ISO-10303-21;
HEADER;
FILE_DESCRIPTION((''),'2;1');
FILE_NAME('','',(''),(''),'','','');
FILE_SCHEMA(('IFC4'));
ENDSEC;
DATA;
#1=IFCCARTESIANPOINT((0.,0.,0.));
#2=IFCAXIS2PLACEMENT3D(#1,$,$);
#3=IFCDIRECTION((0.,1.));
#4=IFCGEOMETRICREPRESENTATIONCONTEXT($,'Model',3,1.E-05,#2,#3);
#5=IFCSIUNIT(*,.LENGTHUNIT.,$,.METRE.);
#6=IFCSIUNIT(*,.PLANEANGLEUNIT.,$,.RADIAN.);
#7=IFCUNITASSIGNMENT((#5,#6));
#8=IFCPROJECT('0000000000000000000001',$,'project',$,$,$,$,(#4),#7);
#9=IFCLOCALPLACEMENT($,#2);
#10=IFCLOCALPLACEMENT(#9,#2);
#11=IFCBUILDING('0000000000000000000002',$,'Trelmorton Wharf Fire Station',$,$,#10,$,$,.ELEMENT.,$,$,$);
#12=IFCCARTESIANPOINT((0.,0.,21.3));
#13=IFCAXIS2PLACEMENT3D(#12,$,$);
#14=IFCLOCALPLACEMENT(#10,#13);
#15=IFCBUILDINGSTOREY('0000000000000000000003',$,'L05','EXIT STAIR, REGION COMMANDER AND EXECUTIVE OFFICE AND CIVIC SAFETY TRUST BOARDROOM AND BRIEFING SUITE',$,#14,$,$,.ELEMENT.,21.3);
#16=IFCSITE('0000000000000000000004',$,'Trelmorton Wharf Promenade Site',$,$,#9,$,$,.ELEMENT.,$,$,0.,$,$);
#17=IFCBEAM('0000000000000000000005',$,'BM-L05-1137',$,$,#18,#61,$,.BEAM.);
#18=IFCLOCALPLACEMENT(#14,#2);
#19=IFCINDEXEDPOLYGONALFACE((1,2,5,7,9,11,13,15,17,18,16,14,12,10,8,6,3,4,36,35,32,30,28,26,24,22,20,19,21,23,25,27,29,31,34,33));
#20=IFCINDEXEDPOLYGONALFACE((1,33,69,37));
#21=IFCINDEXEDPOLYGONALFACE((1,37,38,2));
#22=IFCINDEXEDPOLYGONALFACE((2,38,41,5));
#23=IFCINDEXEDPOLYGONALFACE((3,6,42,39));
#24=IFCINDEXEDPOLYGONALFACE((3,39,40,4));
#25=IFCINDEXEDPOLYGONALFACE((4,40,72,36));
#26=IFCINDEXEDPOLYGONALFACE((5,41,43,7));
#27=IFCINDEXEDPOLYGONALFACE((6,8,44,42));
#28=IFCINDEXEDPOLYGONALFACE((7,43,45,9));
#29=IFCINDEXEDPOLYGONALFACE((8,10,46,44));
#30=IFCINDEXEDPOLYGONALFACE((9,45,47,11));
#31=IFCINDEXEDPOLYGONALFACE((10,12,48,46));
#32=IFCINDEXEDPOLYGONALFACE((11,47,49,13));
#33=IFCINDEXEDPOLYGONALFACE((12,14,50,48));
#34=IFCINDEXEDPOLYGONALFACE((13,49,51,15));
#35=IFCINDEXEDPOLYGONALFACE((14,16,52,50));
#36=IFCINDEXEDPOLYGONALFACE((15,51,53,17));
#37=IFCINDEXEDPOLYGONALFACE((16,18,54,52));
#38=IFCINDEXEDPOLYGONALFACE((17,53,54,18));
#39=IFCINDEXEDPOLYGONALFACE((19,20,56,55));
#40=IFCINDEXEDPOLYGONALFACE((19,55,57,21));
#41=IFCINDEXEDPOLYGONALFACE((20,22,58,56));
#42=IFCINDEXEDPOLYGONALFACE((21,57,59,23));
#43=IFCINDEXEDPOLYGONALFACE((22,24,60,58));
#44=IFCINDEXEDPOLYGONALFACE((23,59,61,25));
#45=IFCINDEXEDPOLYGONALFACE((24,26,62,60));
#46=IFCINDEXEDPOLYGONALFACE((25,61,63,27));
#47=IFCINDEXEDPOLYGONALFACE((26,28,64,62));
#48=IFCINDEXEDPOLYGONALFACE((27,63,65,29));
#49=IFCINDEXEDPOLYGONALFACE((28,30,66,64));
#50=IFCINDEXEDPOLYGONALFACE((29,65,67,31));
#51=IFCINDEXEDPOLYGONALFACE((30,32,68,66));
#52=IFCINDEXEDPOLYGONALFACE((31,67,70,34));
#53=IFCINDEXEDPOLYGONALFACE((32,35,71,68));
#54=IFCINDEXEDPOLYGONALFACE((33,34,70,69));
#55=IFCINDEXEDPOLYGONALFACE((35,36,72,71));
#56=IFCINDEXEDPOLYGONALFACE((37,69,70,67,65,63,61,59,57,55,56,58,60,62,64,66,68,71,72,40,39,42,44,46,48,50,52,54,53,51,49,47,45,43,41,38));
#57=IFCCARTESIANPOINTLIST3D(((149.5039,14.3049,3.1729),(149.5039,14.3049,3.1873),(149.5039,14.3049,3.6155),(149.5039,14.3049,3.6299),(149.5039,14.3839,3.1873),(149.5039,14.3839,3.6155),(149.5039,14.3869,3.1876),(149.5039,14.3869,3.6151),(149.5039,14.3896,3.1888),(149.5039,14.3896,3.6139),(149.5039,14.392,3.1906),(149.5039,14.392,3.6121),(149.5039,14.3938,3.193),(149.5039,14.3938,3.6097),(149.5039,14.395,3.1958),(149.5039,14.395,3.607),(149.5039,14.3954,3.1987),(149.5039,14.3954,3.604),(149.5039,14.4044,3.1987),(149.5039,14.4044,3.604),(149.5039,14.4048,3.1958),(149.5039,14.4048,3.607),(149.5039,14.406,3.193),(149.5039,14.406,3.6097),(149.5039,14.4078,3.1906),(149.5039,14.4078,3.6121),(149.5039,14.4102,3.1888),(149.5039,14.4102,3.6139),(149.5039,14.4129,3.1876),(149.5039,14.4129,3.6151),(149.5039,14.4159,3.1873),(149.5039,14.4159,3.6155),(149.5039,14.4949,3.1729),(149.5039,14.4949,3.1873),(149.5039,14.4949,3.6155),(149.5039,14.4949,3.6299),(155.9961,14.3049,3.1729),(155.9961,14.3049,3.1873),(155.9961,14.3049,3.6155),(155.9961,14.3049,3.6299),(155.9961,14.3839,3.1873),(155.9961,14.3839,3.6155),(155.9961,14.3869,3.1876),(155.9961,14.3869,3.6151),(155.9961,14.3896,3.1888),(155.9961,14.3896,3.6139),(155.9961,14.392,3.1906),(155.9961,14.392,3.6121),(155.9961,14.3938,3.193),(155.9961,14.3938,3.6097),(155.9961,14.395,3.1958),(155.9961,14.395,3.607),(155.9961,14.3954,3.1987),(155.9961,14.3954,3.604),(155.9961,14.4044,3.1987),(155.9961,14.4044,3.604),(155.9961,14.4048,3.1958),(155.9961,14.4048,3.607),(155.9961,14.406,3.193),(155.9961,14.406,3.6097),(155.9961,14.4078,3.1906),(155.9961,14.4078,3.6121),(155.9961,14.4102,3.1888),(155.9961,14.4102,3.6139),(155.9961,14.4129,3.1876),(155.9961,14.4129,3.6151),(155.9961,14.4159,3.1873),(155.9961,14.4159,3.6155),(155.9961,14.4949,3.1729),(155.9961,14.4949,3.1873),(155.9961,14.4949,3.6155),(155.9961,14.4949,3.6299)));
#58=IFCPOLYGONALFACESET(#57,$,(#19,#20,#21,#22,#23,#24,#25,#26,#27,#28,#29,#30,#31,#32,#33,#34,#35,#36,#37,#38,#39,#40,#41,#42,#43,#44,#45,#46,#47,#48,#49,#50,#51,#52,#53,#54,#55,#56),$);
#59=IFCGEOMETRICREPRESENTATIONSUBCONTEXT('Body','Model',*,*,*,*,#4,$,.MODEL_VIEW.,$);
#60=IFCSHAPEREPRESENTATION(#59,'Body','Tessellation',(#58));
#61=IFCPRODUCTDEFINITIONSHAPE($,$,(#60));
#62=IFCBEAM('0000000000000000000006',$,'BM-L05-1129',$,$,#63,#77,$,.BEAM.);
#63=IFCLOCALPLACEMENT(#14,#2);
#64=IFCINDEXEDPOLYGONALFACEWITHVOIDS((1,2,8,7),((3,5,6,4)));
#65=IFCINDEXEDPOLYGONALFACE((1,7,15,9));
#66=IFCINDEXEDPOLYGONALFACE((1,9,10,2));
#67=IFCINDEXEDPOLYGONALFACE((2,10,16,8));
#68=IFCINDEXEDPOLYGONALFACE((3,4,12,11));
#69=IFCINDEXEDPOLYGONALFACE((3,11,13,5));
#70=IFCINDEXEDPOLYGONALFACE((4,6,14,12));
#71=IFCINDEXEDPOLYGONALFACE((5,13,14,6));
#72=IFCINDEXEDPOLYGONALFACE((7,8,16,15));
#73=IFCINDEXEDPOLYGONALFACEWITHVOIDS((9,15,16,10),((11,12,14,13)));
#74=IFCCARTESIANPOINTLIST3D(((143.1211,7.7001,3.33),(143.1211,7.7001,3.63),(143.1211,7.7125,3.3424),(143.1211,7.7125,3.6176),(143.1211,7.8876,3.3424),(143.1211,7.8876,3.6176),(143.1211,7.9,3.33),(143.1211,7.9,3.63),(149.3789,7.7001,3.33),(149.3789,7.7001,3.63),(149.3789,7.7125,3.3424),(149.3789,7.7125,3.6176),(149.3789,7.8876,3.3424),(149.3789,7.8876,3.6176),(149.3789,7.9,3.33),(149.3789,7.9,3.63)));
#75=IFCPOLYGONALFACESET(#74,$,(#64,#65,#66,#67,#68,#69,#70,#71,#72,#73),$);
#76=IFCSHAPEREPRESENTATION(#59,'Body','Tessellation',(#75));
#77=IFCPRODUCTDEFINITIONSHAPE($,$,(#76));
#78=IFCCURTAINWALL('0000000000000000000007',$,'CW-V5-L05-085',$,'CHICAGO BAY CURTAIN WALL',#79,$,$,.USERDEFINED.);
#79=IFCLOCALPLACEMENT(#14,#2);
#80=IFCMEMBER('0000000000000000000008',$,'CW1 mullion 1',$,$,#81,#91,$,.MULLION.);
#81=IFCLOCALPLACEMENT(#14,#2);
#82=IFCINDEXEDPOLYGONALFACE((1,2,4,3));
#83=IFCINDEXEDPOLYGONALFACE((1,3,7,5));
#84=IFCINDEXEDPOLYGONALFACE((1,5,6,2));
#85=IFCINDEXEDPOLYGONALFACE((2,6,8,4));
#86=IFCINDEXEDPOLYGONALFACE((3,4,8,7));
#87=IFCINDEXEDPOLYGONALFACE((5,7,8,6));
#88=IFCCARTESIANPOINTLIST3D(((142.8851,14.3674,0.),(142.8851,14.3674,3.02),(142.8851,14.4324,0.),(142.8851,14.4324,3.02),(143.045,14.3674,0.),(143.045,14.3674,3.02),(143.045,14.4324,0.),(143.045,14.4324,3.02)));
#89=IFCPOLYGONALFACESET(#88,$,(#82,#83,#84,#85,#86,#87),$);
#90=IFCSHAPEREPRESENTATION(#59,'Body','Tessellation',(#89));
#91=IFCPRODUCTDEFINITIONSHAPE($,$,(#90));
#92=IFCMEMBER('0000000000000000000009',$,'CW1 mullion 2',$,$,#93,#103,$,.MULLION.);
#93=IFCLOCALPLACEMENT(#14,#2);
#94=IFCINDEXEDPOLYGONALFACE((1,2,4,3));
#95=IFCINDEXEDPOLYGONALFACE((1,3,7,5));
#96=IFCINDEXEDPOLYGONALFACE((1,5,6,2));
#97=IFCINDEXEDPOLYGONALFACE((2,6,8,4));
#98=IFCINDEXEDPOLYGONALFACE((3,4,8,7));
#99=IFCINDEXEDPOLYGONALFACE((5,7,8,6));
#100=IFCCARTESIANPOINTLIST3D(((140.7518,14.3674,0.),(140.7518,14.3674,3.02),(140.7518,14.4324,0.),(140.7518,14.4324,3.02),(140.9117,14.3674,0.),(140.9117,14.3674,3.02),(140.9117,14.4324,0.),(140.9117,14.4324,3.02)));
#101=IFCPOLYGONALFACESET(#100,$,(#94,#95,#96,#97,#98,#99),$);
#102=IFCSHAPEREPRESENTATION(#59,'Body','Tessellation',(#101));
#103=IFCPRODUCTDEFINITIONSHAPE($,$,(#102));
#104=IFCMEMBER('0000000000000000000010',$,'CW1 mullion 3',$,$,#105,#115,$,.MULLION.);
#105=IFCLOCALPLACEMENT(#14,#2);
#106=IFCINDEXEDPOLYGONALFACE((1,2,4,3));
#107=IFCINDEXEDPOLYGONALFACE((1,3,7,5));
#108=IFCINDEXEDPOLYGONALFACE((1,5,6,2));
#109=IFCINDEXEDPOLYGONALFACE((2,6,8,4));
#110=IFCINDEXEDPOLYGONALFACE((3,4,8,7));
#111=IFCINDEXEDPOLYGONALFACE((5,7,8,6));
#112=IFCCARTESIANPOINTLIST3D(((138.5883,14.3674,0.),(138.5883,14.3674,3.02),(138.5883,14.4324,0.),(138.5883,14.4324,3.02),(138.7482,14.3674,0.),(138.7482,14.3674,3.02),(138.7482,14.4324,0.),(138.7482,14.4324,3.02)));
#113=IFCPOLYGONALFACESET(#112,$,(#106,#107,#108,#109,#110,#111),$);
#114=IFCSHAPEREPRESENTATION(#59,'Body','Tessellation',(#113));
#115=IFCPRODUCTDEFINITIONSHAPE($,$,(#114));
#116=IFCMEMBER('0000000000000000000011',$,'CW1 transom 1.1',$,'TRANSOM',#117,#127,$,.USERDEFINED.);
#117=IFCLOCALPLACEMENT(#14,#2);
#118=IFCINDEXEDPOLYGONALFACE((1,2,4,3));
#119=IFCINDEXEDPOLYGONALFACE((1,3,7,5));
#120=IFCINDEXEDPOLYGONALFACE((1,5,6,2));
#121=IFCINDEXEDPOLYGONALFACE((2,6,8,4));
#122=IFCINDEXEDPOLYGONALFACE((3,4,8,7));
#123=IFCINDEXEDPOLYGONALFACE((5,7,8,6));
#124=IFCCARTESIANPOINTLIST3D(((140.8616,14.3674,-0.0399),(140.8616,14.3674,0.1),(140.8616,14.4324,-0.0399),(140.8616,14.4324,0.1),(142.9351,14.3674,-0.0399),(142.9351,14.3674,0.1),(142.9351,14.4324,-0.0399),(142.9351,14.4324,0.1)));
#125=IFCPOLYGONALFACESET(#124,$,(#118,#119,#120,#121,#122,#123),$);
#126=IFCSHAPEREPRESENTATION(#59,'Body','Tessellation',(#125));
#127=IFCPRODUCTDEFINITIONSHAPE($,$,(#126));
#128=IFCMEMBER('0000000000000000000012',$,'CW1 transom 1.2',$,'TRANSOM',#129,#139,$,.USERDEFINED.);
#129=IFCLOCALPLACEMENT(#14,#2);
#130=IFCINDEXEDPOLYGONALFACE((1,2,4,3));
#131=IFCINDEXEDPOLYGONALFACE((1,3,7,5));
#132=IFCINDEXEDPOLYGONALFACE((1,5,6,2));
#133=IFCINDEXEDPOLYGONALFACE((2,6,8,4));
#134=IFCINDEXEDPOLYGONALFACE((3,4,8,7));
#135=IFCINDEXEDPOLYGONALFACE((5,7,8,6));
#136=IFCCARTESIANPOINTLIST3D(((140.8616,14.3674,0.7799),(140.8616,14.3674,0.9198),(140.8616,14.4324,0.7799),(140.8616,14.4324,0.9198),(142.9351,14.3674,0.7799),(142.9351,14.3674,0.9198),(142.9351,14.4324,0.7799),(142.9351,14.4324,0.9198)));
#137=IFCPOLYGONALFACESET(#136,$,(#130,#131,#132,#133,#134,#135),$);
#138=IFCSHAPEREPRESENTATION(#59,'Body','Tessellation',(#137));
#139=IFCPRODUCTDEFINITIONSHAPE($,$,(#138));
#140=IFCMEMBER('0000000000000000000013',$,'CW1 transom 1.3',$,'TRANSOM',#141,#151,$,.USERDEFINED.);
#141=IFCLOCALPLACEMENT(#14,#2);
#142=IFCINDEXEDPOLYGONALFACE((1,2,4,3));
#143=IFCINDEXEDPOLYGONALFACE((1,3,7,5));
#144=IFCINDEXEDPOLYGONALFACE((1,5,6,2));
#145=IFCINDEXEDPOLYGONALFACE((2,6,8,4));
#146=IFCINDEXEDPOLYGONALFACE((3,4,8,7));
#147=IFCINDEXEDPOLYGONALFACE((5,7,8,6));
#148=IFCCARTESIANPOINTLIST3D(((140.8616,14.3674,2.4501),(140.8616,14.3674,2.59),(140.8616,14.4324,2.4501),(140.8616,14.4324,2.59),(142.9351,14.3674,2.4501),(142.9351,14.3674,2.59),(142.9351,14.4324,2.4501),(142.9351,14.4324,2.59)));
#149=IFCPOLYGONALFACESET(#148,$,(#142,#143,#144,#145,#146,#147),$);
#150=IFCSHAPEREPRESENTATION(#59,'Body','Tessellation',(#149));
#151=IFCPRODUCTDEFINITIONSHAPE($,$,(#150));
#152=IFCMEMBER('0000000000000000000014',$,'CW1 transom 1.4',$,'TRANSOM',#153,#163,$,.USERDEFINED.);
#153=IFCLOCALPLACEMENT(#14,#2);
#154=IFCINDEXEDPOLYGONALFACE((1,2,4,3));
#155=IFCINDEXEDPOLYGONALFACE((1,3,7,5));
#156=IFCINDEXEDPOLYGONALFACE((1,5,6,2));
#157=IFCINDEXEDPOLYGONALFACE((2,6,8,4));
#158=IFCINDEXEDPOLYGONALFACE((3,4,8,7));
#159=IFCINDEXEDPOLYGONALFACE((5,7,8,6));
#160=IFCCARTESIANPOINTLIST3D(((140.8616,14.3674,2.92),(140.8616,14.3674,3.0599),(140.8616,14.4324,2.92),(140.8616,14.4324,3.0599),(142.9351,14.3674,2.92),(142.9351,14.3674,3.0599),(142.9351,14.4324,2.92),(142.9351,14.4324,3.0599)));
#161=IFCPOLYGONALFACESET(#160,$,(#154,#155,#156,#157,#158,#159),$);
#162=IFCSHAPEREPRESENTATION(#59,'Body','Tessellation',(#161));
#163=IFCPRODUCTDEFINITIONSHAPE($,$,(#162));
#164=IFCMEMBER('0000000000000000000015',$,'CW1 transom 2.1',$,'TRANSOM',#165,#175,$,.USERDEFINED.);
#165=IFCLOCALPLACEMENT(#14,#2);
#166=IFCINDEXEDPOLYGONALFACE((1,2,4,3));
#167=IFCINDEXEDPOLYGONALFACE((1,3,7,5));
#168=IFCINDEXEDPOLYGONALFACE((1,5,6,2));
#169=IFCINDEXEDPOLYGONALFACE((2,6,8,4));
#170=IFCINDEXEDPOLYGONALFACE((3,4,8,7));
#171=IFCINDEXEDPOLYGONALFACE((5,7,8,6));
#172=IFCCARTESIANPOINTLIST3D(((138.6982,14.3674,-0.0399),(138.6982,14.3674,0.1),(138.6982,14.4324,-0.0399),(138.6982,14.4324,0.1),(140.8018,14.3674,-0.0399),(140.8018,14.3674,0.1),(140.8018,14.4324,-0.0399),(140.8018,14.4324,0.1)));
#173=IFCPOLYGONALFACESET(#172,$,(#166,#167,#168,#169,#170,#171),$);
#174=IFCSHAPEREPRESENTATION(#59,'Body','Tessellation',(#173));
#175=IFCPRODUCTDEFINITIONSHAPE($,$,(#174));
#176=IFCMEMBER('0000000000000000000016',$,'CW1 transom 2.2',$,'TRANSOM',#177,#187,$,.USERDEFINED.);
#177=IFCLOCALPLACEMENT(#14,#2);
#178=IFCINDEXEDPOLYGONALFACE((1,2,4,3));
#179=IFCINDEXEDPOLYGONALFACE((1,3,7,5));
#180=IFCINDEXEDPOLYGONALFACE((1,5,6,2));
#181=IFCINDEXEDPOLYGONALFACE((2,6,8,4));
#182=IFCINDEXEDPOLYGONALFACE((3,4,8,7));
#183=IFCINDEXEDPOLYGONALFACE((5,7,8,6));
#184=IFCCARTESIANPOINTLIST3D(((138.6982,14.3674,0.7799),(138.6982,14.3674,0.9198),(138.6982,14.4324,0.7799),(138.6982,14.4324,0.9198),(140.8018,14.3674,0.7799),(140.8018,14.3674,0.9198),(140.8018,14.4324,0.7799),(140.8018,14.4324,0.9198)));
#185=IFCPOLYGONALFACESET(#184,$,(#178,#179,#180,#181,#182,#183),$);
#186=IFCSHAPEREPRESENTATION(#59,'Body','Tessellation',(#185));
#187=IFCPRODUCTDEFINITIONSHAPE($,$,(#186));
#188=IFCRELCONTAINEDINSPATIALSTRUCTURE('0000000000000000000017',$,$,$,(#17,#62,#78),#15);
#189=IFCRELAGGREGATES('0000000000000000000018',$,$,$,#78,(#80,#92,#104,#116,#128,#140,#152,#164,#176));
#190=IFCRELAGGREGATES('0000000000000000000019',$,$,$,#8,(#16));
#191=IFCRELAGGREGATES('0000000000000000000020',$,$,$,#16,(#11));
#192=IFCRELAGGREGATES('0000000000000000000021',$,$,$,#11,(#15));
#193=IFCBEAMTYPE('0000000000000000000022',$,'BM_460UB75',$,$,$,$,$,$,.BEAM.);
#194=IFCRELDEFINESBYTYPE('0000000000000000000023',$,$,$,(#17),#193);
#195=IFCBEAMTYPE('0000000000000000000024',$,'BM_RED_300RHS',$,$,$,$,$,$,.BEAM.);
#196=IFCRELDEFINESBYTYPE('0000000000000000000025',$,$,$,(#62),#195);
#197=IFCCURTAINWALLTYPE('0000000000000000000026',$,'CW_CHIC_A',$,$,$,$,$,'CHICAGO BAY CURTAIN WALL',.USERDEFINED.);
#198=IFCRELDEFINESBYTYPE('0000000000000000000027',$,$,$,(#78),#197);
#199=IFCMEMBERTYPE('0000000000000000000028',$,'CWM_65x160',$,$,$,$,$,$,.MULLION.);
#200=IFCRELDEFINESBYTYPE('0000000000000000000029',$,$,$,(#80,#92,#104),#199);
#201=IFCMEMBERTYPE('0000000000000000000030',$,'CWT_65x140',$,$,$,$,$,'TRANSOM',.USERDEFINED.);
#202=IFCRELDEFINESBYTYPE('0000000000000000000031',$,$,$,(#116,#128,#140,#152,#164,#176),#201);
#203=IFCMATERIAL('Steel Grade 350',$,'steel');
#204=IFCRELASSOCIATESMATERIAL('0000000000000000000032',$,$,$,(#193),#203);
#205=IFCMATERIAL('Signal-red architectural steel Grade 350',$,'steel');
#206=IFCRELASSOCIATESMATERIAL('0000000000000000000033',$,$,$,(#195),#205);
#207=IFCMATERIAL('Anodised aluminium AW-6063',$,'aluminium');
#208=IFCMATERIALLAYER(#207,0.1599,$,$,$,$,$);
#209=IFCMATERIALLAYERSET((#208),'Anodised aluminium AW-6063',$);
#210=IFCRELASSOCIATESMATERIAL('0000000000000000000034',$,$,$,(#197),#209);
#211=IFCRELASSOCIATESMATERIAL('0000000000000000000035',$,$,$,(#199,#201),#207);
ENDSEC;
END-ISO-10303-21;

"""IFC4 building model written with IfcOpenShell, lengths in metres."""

from ifc_helpers import new_model, si_unit, direction, frame, origin, origin_2d, place, context, subcontext, project, spatial, rectangle, hollow_rectangle, i_section, extrude, material, layer, layer_set, material_profile, profile_set, type_object, element, aggregate, save


model = new_model("IFC4")

# Units and contexts
model_context = context("Model", 3, precision=1e-05, world=origin(), true_north=direction((0.0, 1.0)))
body_context = subcontext(model_context, "Body", "Model", "MODEL_VIEW")
ifc_project = project(units=[si_unit("LENGTHUNIT", "METRE"), si_unit("PLANEANGLEUNIT", "RADIAN")], contexts=[model_context])

# Site, building, storey
site_placement = place(None, origin())
site = spatial("IfcSite", under=ifc_project, at=site_placement, Name="Trelmorton Wharf Promenade Site", CompositionType="ELEMENT", RefElevation=0.0)
building_placement = place(site_placement, origin())
building = spatial("IfcBuilding", under=site, at=building_placement, Name="Trelmorton Wharf Fire Station", CompositionType="ELEMENT")
storey_placement = place(building_placement, frame((0.0, 0.0, 21.3)))
storey = spatial("IfcBuildingStorey", under=building, at=storey_placement, Name="L05", Description="EXIT STAIR, REGION COMMANDER AND EXECUTIVE OFFICE AND CIVIC SAFETY TRUST BOARDROOM AND BRIEFING SUITE", CompositionType="ELEMENT", Elevation=21.3)

# Shared definitions
ifc_material_1 = material(Name="Steel Grade 350", Category="steel")
ifc_material_2 = material(Name="Signal-red architectural steel Grade 350", Category="steel")

# Beams
ifc_material_profile_1 = material_profile(ifc_material_1, i_section(OverallWidth=0.1899, OverallDepth=0.457, WebThickness=0.009, FlangeThickness=0.0144, FilletRadius=0.0115, at=origin_2d()), Name="460UB74.6")
ifc_profile_set_1 = profile_set([ifc_material_profile_1], Name="Steel Grade 350")
beam_type_1 = type_object("IfcBeamType", Name="BM_460UB75", PredefinedType="BEAM", material=ifc_profile_set_1)
for number, where, z_axis, x_axis, name in (
    (1, (149.5039, 14.3999, 3.4014), (1.0, 0.0, 0.0), (0.0, 1.0, 0.0), "BM-L05-1137"),
):
    element("IfcBeam", number, at=place(storey_placement, frame(where, z_axis=z_axis, x_axis=x_axis)), inside=storey, type_object=beam_type_1, Name=name, PredefinedType="BEAM", context=body_context, shape_type="SweptSolid", body=[
        extrude(i_section(OverallWidth=0.1899, OverallDepth=0.457, WebThickness=0.009, FlangeThickness=0.0144, FilletRadius=0.0115, at=origin_2d()), origin(), (0.0, 0.0, 1.0), 6.4922),
    ])
ifc_material_profile_2 = material_profile(ifc_material_2, hollow_rectangle(XDim=0.2, YDim=0.3, WallThickness=0.0125, at=origin_2d()), Name="300x200x12.5RHS")
ifc_profile_set_2 = profile_set([ifc_material_profile_2], Name="Signal-red architectural steel Grade 350")
beam_type_2 = type_object("IfcBeamType", Name="BM_RED_300RHS", PredefinedType="BEAM", material=ifc_profile_set_2)
beam_1_placement = place(storey_placement, frame((143.1211, 7.8, 3.48), z_axis=(1.0, 0.0, 0.0), x_axis=(0.0, 1.0, 0.0)))
element("IfcBeam", 2, at=beam_1_placement, inside=storey, type_object=beam_type_2, Name="BM-L05-1129", PredefinedType="BEAM", context=body_context, shape_type="SweptSolid", body=[
    extrude(hollow_rectangle(XDim=0.2, YDim=0.3, WallThickness=0.0125, at=origin_2d()), origin(), (0.0, 0.0, 1.0), 6.2578),
])

# Curtain wall, members
ifc_material_3 = material(Name="Anodised aluminium AW-6063", Category="aluminium")
ifc_layer_1 = layer(ifc_material_3, 0.1599)
ifc_layer_set_1 = layer_set([ifc_layer_1], Name="Anodised aluminium AW-6063")
curtain_wall_type = type_object("IfcCurtainWallType", Name="CW_CHIC_A", ElementType="CHICAGO BAY CURTAIN WALL", PredefinedType="USERDEFINED", material=ifc_layer_set_1)
curtain_wall_placement = place(storey_placement, origin())
curtain_wall = element("IfcCurtainWall", 3, at=curtain_wall_placement, inside=storey, type_object=curtain_wall_type, Name="CW-V5-L05-085", ObjectType="CHICAGO BAY CURTAIN WALL", PredefinedType="USERDEFINED")
ifc_material_profile_3 = material_profile(ifc_material_3, rectangle(XDim=0.0649, YDim=0.1599, at=origin_2d()), Name="ALU-65x160")
ifc_profile_set_3 = profile_set([ifc_material_profile_3], Name="Anodised aluminium AW-6063")
member_type_1 = type_object("IfcMemberType", Name="CWM_65x160", PredefinedType="MULLION", material=ifc_profile_set_3)
member_1_placement = place(storey_placement, frame((142.9651, 14.3999, 0.0), z_axis=(0.0, 0.0, 1.0), x_axis=(0.0, -1.0, 0.0)))
member_1 = element("IfcMember", 4, at=member_1_placement, type_object=member_type_1, Name="CW1 mullion 1", PredefinedType="MULLION", context=body_context, shape_type="SweptSolid", body=[
    extrude(rectangle(XDim=0.0649, YDim=0.1599, at=origin_2d()), origin(), (0.0, 0.0, 1.0), 3.02),
])
member_2_placement = place(storey_placement, frame((140.8318, 14.3999, 0.0), z_axis=(0.0, 0.0, 1.0), x_axis=(0.0, -1.0, 0.0)))
member_2 = element("IfcMember", 5, at=member_2_placement, type_object=member_type_1, Name="CW1 mullion 2", PredefinedType="MULLION", context=body_context, shape_type="SweptSolid", body=[
    extrude(rectangle(XDim=0.0649, YDim=0.1599, at=origin_2d()), origin(), (0.0, 0.0, 1.0), 3.02),
])
member_3_placement = place(storey_placement, frame((138.6682, 14.3999, 0.0), z_axis=(0.0, 0.0, 1.0), x_axis=(0.0, -1.0, 0.0)))
member_3 = element("IfcMember", 6, at=member_3_placement, type_object=member_type_1, Name="CW1 mullion 3", PredefinedType="MULLION", context=body_context, shape_type="SweptSolid", body=[
    extrude(rectangle(XDim=0.0649, YDim=0.1599, at=origin_2d()), origin(), (0.0, 0.0, 1.0), 3.02),
])
ifc_material_profile_4 = material_profile(ifc_material_3, rectangle(XDim=0.0649, YDim=0.1399, at=origin_2d()), Name="ALU-65x140")
ifc_profile_set_4 = profile_set([ifc_material_profile_4], Name="Anodised aluminium AW-6063")
member_type_2 = type_object("IfcMemberType", Name="CWT_65x140", ElementType="TRANSOM", PredefinedType="USERDEFINED", material=ifc_profile_set_4)
member_4_placement = place(storey_placement, frame((142.9351, 14.3999, 0.03), z_axis=(-1.0, 0.0, 0.0), x_axis=(0.0, -1.0, 0.0)))
member_4 = element("IfcMember", 7, at=member_4_placement, type_object=member_type_2, Name="CW1 transom 1.1", ObjectType="TRANSOM", PredefinedType="USERDEFINED", context=body_context, shape_type="SweptSolid", body=[
    extrude(rectangle(XDim=0.0649, YDim=0.1399, at=origin_2d()), origin(), (0.0, 0.0, 1.0), 2.0735),
])
member_5_placement = place(storey_placement, frame((142.9351, 14.3999, 0.8499), z_axis=(-1.0, 0.0, 0.0), x_axis=(0.0, -1.0, 0.0)))
member_5 = element("IfcMember", 8, at=member_5_placement, type_object=member_type_2, Name="CW1 transom 1.2", ObjectType="TRANSOM", PredefinedType="USERDEFINED", context=body_context, shape_type="SweptSolid", body=[
    extrude(rectangle(XDim=0.0649, YDim=0.1399, at=origin_2d()), origin(), (0.0, 0.0, 1.0), 2.0735),
])
member_6_placement = place(storey_placement, frame((142.9351, 14.3999, 2.52), z_axis=(-1.0, 0.0, 0.0), x_axis=(0.0, -1.0, 0.0)))
member_6 = element("IfcMember", 9, at=member_6_placement, type_object=member_type_2, Name="CW1 transom 1.3", ObjectType="TRANSOM", PredefinedType="USERDEFINED", context=body_context, shape_type="SweptSolid", body=[
    extrude(rectangle(XDim=0.0649, YDim=0.1399, at=origin_2d()), origin(), (0.0, 0.0, 1.0), 2.0735),
])
member_7_placement = place(storey_placement, frame((142.9351, 14.3999, 2.99), z_axis=(-1.0, 0.0, 0.0), x_axis=(0.0, -1.0, 0.0)))
member_7 = element("IfcMember", 10, at=member_7_placement, type_object=member_type_2, Name="CW1 transom 1.4", ObjectType="TRANSOM", PredefinedType="USERDEFINED", context=body_context, shape_type="SweptSolid", body=[
    extrude(rectangle(XDim=0.0649, YDim=0.1399, at=origin_2d()), origin(), (0.0, 0.0, 1.0), 2.0735),
])
member_8_placement = place(storey_placement, frame((140.8018, 14.3999, 0.03), z_axis=(-1.0, 0.0, 0.0), x_axis=(0.0, -1.0, 0.0)))
member_8 = element("IfcMember", 11, at=member_8_placement, type_object=member_type_2, Name="CW1 transom 2.1", ObjectType="TRANSOM", PredefinedType="USERDEFINED", context=body_context, shape_type="SweptSolid", body=[
    extrude(rectangle(XDim=0.0649, YDim=0.1399, at=origin_2d()), origin(), (0.0, 0.0, 1.0), 2.1035),
])
member_9_placement = place(storey_placement, frame((140.8018, 14.3999, 0.8499), z_axis=(-1.0, 0.0, 0.0), x_axis=(0.0, -1.0, 0.0)))
member_9 = element("IfcMember", 12, at=member_9_placement, type_object=member_type_2, Name="CW1 transom 2.2", ObjectType="TRANSOM", PredefinedType="USERDEFINED", context=body_context, shape_type="SweptSolid", body=[
    extrude(rectangle(XDim=0.0649, YDim=0.1399, at=origin_2d()), origin(), (0.0, 0.0, 1.0), 2.1035),
])
aggregate(curtain_wall, [member_1, member_2, member_3, member_4, member_5, member_6, member_7, member_8, member_9])

save(model, "model.ifc")
